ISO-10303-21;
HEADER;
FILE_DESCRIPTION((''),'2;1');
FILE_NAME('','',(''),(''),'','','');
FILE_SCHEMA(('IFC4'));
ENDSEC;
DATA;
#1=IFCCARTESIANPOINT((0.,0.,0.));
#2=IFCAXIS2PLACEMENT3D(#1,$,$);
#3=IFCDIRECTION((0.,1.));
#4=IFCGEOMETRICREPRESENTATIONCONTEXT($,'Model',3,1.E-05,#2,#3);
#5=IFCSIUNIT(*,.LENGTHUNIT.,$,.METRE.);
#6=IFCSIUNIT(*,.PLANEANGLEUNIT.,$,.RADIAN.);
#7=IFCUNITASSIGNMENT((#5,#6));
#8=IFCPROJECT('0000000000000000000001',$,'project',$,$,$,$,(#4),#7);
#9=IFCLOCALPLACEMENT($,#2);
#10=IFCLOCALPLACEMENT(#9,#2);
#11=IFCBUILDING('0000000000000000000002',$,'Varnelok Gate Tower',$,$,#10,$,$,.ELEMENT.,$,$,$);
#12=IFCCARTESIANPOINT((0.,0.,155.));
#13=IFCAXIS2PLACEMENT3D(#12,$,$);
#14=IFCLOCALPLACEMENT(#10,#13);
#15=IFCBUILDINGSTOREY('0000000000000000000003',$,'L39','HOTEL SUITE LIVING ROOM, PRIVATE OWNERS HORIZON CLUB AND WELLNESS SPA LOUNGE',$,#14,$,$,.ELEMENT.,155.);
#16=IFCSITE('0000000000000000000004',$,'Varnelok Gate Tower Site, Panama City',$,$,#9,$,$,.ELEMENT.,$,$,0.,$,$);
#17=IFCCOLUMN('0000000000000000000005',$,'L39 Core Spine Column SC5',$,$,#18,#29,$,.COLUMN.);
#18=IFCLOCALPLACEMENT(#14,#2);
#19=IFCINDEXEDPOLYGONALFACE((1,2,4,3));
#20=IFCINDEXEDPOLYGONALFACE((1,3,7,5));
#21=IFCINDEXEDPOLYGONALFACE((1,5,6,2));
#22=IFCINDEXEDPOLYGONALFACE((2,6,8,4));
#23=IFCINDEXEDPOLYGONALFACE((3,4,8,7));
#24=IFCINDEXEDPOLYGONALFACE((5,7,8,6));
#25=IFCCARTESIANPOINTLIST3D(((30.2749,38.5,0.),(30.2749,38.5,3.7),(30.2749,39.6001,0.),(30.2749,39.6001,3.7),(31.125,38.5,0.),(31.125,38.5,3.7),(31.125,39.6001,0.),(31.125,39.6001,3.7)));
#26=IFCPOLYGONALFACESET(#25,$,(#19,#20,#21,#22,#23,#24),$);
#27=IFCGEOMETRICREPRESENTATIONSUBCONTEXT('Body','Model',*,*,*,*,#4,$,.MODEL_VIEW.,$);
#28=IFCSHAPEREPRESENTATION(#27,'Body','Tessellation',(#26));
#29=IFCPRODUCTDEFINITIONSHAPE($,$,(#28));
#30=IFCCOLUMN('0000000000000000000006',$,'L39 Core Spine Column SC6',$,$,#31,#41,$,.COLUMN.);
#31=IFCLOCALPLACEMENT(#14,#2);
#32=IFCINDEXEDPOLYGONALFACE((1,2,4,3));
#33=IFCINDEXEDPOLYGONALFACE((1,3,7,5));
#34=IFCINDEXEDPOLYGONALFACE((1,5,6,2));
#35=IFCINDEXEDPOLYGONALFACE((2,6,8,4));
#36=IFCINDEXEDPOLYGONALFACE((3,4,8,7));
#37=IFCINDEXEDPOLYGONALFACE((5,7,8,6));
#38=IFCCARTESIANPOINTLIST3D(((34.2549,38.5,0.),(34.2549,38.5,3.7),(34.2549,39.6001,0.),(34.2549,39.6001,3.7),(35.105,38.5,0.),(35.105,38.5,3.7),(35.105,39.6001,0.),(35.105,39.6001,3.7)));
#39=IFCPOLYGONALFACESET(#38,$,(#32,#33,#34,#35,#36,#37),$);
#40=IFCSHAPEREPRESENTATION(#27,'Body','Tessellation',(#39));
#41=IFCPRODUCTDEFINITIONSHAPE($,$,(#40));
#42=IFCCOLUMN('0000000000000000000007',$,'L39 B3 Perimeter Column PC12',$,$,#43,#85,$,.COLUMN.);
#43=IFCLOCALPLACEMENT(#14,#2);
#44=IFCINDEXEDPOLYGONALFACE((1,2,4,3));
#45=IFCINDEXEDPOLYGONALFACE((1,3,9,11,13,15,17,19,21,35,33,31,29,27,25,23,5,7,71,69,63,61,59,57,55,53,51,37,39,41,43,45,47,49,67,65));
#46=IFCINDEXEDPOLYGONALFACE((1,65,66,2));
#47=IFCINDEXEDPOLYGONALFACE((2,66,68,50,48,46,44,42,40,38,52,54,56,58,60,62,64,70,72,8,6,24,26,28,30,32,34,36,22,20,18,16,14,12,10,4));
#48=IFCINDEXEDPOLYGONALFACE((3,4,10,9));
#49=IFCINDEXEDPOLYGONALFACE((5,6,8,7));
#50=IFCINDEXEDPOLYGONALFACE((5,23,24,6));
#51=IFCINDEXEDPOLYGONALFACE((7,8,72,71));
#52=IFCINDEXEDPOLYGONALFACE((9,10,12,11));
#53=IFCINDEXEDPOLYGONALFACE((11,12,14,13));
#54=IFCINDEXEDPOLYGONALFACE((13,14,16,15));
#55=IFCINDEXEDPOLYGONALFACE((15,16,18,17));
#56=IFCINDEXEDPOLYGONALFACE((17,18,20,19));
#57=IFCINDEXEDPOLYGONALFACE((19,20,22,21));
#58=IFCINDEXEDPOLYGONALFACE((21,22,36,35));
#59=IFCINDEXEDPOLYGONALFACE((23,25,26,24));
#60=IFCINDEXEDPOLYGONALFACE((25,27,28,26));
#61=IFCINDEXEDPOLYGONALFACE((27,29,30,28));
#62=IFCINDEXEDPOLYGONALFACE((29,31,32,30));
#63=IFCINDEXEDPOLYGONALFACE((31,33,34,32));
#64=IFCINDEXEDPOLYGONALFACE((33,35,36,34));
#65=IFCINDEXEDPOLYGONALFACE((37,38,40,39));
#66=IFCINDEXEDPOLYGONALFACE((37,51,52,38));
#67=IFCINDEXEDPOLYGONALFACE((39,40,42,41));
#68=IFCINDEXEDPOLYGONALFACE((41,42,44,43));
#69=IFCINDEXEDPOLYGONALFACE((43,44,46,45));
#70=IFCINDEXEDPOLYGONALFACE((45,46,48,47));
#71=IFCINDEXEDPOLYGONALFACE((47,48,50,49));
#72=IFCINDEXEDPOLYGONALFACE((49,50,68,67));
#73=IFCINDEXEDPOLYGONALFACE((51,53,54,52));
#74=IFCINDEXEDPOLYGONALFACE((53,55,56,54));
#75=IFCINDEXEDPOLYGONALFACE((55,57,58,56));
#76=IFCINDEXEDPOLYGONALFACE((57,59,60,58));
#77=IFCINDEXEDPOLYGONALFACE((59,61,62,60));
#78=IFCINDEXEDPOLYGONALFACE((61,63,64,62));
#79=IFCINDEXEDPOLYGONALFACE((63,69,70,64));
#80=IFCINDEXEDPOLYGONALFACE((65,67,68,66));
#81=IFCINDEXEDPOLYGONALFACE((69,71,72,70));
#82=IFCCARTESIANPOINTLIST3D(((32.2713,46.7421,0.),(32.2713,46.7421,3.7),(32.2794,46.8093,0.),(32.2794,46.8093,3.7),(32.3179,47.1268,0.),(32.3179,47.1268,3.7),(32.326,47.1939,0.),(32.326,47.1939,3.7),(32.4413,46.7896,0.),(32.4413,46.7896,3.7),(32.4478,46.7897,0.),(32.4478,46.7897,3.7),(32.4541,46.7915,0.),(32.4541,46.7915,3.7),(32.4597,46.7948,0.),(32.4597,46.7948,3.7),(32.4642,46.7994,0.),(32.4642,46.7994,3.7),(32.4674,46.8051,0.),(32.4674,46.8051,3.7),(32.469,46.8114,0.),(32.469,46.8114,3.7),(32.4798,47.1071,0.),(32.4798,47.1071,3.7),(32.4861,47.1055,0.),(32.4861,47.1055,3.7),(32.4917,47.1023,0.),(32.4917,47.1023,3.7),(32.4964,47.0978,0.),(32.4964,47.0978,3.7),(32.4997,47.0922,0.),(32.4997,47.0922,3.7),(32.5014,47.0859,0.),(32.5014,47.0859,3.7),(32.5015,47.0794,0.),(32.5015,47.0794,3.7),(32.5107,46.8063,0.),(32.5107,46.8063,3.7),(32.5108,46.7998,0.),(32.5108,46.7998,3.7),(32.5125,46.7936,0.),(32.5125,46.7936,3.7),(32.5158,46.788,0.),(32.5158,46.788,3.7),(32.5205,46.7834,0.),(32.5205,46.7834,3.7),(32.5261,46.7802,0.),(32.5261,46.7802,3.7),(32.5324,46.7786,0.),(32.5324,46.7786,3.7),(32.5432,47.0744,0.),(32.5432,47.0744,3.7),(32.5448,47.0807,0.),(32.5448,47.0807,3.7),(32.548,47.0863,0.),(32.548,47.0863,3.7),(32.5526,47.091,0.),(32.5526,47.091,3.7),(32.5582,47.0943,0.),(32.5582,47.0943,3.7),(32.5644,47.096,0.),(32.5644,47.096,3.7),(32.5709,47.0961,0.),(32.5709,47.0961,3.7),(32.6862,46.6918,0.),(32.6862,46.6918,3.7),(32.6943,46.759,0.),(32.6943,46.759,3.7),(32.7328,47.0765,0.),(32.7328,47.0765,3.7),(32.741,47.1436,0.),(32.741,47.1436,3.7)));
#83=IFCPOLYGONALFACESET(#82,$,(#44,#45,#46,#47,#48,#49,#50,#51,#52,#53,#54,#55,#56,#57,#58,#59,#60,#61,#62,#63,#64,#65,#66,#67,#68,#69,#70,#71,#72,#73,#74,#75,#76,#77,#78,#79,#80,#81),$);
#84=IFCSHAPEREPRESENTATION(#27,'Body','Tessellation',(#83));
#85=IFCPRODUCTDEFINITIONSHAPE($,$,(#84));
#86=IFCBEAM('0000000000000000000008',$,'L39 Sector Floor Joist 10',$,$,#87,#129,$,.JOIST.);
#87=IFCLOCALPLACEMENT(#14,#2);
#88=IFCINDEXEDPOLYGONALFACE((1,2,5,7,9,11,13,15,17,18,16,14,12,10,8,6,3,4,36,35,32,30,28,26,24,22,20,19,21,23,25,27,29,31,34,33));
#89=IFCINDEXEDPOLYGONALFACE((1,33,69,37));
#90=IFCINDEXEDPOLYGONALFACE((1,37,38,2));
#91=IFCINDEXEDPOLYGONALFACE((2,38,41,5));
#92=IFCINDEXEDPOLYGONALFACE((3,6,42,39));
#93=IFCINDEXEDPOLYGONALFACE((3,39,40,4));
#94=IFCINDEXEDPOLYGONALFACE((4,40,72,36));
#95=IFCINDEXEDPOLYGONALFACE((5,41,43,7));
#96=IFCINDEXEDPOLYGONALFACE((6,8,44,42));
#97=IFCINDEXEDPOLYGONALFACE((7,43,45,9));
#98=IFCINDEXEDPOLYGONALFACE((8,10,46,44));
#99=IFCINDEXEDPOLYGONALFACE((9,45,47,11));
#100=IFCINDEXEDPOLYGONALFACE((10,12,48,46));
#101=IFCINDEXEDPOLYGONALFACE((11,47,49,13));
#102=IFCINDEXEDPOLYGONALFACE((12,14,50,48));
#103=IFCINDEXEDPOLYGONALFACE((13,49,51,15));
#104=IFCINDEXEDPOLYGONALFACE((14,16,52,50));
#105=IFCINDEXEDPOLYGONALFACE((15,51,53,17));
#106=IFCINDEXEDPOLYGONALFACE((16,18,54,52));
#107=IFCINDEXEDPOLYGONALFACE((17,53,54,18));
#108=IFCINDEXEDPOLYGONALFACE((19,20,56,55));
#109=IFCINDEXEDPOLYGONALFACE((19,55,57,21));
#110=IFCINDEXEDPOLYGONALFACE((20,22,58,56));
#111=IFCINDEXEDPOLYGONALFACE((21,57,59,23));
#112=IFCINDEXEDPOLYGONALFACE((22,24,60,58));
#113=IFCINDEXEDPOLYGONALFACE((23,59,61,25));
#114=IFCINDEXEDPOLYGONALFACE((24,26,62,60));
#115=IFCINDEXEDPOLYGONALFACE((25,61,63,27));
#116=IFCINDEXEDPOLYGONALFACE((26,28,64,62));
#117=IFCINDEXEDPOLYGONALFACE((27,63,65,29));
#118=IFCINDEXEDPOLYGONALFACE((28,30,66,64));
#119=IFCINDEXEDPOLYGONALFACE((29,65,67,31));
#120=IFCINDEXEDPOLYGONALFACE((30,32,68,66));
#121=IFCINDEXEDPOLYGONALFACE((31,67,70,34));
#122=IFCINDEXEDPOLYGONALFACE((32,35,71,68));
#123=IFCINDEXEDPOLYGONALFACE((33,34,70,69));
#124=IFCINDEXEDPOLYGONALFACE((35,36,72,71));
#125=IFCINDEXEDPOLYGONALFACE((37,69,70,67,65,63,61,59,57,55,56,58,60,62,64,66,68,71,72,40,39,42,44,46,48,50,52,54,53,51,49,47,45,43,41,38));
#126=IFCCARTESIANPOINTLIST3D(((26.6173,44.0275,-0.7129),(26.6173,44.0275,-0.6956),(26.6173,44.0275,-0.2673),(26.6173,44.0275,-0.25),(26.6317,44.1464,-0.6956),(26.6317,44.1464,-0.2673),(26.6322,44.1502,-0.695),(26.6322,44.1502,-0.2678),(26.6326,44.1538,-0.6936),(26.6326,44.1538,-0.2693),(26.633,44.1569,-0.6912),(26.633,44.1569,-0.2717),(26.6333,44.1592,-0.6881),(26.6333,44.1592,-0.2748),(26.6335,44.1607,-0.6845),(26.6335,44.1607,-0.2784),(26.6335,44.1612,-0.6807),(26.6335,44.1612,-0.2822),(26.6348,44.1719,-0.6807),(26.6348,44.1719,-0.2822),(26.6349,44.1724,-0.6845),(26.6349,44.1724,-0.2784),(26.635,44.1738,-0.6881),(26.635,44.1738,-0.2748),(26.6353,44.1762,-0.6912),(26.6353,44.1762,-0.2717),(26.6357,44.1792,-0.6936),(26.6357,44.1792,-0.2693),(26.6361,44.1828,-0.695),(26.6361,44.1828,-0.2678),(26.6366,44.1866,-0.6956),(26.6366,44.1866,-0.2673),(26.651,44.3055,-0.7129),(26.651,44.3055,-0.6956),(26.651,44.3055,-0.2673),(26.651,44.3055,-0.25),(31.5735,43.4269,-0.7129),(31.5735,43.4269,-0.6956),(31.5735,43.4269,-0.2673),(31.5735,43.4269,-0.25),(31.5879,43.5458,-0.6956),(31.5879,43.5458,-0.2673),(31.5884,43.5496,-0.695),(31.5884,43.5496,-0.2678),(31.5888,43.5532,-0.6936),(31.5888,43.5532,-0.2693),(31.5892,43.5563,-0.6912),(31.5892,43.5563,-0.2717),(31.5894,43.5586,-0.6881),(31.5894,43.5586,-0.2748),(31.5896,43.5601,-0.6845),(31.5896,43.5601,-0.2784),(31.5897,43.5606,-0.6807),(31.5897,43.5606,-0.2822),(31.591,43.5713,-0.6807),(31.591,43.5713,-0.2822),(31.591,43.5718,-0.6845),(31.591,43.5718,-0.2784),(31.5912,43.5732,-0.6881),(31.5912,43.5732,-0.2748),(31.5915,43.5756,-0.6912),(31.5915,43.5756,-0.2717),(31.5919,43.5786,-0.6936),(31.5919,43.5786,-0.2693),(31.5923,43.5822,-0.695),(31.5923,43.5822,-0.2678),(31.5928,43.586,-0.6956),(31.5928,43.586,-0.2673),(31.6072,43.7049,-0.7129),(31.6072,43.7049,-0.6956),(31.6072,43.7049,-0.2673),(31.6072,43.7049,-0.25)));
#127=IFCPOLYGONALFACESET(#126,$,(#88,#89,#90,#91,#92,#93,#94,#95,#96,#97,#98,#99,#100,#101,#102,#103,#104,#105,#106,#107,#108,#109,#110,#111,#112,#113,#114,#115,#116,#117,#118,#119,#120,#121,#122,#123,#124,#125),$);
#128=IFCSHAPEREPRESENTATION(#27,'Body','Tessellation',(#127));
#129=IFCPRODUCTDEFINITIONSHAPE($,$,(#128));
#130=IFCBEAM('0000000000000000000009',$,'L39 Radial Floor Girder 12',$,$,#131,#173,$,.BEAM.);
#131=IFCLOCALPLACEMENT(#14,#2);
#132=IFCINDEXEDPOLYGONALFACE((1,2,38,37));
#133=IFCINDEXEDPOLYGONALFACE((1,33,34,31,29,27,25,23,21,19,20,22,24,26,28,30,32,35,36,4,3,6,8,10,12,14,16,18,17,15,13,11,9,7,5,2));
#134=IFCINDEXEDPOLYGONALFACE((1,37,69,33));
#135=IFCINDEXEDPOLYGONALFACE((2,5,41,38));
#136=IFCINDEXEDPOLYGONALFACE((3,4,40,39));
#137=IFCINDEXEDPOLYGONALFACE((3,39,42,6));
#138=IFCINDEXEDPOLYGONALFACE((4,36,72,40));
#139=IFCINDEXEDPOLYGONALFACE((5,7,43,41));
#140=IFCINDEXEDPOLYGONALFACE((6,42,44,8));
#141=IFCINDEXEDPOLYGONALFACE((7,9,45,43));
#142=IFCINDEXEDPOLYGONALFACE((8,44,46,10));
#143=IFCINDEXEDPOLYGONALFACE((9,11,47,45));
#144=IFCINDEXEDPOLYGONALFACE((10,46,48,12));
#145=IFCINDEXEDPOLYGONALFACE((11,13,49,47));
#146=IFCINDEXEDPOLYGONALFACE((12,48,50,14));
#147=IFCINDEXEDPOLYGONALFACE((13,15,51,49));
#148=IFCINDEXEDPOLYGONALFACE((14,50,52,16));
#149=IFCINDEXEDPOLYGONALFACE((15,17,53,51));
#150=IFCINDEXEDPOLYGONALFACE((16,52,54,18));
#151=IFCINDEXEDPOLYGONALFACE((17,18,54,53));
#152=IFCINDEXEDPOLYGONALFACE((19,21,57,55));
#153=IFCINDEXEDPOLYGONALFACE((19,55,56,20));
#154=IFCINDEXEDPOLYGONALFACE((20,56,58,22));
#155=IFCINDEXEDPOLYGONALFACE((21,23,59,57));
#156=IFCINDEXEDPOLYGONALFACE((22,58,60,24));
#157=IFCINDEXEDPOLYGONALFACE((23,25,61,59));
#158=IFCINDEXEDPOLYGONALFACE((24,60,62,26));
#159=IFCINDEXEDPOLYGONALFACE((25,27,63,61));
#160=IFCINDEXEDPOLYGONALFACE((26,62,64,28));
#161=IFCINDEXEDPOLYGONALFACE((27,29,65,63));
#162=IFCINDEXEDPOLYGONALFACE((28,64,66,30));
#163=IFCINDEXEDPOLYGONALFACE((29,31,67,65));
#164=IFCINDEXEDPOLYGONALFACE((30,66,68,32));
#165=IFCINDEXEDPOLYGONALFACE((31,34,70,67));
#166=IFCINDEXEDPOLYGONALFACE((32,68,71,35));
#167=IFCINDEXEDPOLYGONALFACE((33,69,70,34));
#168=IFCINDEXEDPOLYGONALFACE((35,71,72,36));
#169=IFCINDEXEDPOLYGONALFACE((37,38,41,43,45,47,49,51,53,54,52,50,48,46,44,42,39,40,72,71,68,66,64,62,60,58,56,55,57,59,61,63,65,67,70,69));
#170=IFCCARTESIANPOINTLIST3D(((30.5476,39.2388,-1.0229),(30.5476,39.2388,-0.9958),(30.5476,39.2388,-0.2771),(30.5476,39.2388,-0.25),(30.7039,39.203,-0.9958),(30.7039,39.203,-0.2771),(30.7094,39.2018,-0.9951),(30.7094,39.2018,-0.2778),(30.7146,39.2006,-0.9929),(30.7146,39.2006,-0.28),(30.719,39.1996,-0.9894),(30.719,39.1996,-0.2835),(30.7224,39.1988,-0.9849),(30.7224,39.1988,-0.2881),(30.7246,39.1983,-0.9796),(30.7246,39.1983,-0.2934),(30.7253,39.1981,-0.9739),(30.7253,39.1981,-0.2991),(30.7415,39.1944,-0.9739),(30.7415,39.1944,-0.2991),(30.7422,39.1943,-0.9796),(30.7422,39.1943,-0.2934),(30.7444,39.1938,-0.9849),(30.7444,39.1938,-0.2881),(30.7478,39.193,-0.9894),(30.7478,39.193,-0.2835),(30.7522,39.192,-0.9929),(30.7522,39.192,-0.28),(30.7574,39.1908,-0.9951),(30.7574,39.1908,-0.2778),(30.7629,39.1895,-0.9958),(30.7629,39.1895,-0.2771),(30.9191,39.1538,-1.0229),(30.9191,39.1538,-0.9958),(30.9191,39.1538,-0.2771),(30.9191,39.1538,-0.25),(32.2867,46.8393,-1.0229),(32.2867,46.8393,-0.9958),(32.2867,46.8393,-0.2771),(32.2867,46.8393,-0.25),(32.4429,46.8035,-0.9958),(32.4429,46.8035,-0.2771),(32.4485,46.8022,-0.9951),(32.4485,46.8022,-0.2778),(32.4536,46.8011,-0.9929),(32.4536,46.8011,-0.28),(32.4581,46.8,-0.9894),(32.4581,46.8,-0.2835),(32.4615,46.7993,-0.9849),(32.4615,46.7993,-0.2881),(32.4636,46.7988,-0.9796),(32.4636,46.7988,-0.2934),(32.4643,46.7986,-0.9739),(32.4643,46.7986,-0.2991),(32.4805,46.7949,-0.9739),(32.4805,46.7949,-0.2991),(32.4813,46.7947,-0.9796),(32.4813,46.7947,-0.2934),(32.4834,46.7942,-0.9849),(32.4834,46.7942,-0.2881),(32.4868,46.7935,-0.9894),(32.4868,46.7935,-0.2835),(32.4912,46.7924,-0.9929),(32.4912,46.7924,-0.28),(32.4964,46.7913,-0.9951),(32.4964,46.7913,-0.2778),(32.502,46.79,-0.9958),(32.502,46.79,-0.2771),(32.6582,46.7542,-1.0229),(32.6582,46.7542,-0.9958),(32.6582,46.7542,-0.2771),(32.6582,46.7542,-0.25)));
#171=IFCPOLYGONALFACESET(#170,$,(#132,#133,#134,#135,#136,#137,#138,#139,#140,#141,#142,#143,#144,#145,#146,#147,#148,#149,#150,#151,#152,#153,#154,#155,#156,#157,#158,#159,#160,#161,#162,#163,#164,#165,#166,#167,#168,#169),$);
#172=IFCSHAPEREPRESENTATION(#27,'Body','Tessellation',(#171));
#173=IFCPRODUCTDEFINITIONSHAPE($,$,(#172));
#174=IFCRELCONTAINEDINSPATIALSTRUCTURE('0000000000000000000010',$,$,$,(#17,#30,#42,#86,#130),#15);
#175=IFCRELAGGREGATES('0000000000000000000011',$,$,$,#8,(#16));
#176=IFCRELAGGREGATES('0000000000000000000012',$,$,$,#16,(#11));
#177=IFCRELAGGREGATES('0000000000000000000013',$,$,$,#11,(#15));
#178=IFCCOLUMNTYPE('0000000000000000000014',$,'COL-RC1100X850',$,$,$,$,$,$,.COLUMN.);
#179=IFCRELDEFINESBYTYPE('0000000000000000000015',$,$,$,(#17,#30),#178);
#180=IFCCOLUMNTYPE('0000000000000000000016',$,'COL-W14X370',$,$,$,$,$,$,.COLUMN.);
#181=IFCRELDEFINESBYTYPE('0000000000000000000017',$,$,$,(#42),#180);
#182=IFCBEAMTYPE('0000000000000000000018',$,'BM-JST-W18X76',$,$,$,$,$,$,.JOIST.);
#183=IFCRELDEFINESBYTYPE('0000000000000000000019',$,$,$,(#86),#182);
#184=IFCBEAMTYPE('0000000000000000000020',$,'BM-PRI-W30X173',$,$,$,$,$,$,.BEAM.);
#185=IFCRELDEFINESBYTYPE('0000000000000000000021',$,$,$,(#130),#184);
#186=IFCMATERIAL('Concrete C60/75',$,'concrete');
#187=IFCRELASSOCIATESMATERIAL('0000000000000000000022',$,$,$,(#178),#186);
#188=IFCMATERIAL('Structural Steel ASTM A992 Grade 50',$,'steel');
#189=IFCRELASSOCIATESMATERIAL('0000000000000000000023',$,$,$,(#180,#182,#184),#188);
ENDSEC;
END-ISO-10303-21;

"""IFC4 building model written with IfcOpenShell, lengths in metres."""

from ifc_helpers import new_model, si_unit, direction, frame, origin, origin_2d, place, context, subcontext, project, spatial, rectangle, i_section, extrude, material, material_profile, profile_set, type_object, element, save


model = new_model("IFC4")

# Units and contexts
model_context = context("Model", 3, precision=1e-05, world=origin(), true_north=direction((0.0, 1.0)))
body_context = subcontext(model_context, "Body", "Model", "MODEL_VIEW")
ifc_project = project(units=[si_unit("LENGTHUNIT", "METRE"), si_unit("PLANEANGLEUNIT", "RADIAN")], contexts=[model_context])

# Site, building, storey
site_placement = place(None, origin())
site = spatial("IfcSite", under=ifc_project, at=site_placement, Name="Varnelok Gate Tower Site, Panama City", CompositionType="ELEMENT", RefElevation=0.0)
building_placement = place(site_placement, origin())
building = spatial("IfcBuilding", under=site, at=building_placement, Name="Varnelok Gate Tower", CompositionType="ELEMENT")
storey_placement = place(building_placement, frame((0.0, 0.0, 155.0)))
storey = spatial("IfcBuildingStorey", under=building, at=storey_placement, Name="L39", Description="HOTEL SUITE LIVING ROOM, PRIVATE OWNERS HORIZON CLUB AND WELLNESS SPA LOUNGE", CompositionType="ELEMENT", Elevation=155.0)

# Columns
ifc_material_1 = material(Name="Concrete C60/75", Category="concrete")
ifc_material_profile_1 = material_profile(ifc_material_1, rectangle(XDim=0.8501, YDim=1.1001, at=origin_2d()), Name="RC1100X850")
ifc_profile_set_1 = profile_set([ifc_material_profile_1], Name="Concrete C60/75")
column_type_1 = type_object("IfcColumnType", Name="COL-RC1100X850", PredefinedType="COLUMN", material=ifc_profile_set_1)
for number, where, z_axis, x_axis, name in (
    (1, (30.7, 39.05, 0.0), (0.0, 0.0, 1.0), (1.0, 0.0, 0.0), "L39 Core Spine Column SC5"),
    (2, (34.6799, 39.05, 0.0), (0.0, 0.0, 1.0), (1.0, 0.0, 0.0), "L39 Core Spine Column SC6"),
):
    element("IfcColumn", number, at=place(storey_placement, frame(where, z_axis=z_axis, x_axis=x_axis)), inside=storey, type_object=column_type_1, Name=name, PredefinedType="COLUMN", context=body_context, shape_type="SweptSolid", body=[
        extrude(rectangle(XDim=0.8501, YDim=1.1001, at=origin_2d()), origin(), (0.0, 0.0, 1.0), 3.7),
    ])
ifc_material_2 = material(Name="Structural Steel ASTM A992 Grade 50", Category="steel")
ifc_material_profile_2 = material_profile(ifc_material_2, i_section(OverallWidth=0.418, OverallDepth=0.4551, WebThickness=0.042, FlangeThickness=0.0676, FilletRadius=0.0249, at=origin_2d()), Name="W14X370")
ifc_profile_set_2 = profile_set([ifc_material_profile_2], Name="Structural Steel ASTM A992 Grade 50")
column_type_2 = type_object("IfcColumnType", Name="COL-W14X370", PredefinedType="COLUMN", material=ifc_profile_set_2)
column_placement = place(storey_placement, frame((32.5061, 46.9429, 0.0), z_axis=(0.0, 0.0, 1.0), x_axis=(0.992732, -0.120345, 0.0)))
element("IfcColumn", 3, at=column_placement, inside=storey, type_object=column_type_2, Name="L39 B3 Perimeter Column PC12", PredefinedType="COLUMN", context=body_context, shape_type="SweptSolid", body=[
    extrude(i_section(OverallWidth=0.418, OverallDepth=0.4551, WebThickness=0.042, FlangeThickness=0.0676, FilletRadius=0.0249, at=origin_2d()), origin(), (0.0, 0.0, 1.0), 3.7),
])

# Beams
ifc_material_profile_3 = material_profile(ifc_material_2, i_section(OverallWidth=0.28, OverallDepth=0.4629, WebThickness=0.0107, FlangeThickness=0.0173, FilletRadius=0.0149, at=origin_2d()), Name="W18X76")
ifc_profile_set_3 = profile_set([ifc_material_profile_3], Name="Structural Steel ASTM A992 Grade 50")
beam_type_1 = type_object("IfcBeamType", Name="BM-JST-W18X76", PredefinedType="JOIST", material=ifc_profile_set_3)
beam_1_placement = place(storey_placement, frame((31.5903, 43.5659, -0.4814), z_axis=(-0.992737, 0.120302, 0.0), x_axis=(-0.120302, -0.992737, 0.0)))
element("IfcBeam", 4, at=beam_1_placement, inside=storey, type_object=beam_type_1, Name="L39 Sector Floor Joist 10", PredefinedType="JOIST", context=body_context, shape_type="SweptSolid", body=[
    extrude(i_section(OverallWidth=0.28, OverallDepth=0.4629, WebThickness=0.0107, FlangeThickness=0.0173, FilletRadius=0.0149, at=origin_2d()), origin(), (0.0, 0.0, 1.0), 4.9924),
])
ifc_material_profile_4 = material_profile(ifc_material_2, i_section(OverallWidth=0.3811, OverallDepth=0.7729, WebThickness=0.0166, FlangeThickness=0.0271, FilletRadius=0.022, at=origin_2d()), Name="W30X173")
ifc_profile_set_4 = profile_set([ifc_material_profile_4], Name="Structural Steel ASTM A992 Grade 50")
beam_type_2 = type_object("IfcBeamType", Name="BM-PRI-W30X173", PredefinedType="BEAM", material=ifc_profile_set_4)
beam_2_placement = place(storey_placement, frame((30.7334, 39.1963, -0.6365), z_axis=(0.223043, 0.974809, 0.0), x_axis=(-0.974809, 0.223043, 0.0)))
element("IfcBeam", 5, at=beam_2_placement, inside=storey, type_object=beam_type_2, Name="L39 Radial Floor Girder 12", PredefinedType="BEAM", context=body_context, shape_type="SweptSolid", body=[
    extrude(i_section(OverallWidth=0.3811, OverallDepth=0.7729, WebThickness=0.0166, FlangeThickness=0.0271, FilletRadius=0.022, at=origin_2d()), origin(), (0.0, 0.0, 1.0), 7.7969),
])

save(model, "model.ifc")
